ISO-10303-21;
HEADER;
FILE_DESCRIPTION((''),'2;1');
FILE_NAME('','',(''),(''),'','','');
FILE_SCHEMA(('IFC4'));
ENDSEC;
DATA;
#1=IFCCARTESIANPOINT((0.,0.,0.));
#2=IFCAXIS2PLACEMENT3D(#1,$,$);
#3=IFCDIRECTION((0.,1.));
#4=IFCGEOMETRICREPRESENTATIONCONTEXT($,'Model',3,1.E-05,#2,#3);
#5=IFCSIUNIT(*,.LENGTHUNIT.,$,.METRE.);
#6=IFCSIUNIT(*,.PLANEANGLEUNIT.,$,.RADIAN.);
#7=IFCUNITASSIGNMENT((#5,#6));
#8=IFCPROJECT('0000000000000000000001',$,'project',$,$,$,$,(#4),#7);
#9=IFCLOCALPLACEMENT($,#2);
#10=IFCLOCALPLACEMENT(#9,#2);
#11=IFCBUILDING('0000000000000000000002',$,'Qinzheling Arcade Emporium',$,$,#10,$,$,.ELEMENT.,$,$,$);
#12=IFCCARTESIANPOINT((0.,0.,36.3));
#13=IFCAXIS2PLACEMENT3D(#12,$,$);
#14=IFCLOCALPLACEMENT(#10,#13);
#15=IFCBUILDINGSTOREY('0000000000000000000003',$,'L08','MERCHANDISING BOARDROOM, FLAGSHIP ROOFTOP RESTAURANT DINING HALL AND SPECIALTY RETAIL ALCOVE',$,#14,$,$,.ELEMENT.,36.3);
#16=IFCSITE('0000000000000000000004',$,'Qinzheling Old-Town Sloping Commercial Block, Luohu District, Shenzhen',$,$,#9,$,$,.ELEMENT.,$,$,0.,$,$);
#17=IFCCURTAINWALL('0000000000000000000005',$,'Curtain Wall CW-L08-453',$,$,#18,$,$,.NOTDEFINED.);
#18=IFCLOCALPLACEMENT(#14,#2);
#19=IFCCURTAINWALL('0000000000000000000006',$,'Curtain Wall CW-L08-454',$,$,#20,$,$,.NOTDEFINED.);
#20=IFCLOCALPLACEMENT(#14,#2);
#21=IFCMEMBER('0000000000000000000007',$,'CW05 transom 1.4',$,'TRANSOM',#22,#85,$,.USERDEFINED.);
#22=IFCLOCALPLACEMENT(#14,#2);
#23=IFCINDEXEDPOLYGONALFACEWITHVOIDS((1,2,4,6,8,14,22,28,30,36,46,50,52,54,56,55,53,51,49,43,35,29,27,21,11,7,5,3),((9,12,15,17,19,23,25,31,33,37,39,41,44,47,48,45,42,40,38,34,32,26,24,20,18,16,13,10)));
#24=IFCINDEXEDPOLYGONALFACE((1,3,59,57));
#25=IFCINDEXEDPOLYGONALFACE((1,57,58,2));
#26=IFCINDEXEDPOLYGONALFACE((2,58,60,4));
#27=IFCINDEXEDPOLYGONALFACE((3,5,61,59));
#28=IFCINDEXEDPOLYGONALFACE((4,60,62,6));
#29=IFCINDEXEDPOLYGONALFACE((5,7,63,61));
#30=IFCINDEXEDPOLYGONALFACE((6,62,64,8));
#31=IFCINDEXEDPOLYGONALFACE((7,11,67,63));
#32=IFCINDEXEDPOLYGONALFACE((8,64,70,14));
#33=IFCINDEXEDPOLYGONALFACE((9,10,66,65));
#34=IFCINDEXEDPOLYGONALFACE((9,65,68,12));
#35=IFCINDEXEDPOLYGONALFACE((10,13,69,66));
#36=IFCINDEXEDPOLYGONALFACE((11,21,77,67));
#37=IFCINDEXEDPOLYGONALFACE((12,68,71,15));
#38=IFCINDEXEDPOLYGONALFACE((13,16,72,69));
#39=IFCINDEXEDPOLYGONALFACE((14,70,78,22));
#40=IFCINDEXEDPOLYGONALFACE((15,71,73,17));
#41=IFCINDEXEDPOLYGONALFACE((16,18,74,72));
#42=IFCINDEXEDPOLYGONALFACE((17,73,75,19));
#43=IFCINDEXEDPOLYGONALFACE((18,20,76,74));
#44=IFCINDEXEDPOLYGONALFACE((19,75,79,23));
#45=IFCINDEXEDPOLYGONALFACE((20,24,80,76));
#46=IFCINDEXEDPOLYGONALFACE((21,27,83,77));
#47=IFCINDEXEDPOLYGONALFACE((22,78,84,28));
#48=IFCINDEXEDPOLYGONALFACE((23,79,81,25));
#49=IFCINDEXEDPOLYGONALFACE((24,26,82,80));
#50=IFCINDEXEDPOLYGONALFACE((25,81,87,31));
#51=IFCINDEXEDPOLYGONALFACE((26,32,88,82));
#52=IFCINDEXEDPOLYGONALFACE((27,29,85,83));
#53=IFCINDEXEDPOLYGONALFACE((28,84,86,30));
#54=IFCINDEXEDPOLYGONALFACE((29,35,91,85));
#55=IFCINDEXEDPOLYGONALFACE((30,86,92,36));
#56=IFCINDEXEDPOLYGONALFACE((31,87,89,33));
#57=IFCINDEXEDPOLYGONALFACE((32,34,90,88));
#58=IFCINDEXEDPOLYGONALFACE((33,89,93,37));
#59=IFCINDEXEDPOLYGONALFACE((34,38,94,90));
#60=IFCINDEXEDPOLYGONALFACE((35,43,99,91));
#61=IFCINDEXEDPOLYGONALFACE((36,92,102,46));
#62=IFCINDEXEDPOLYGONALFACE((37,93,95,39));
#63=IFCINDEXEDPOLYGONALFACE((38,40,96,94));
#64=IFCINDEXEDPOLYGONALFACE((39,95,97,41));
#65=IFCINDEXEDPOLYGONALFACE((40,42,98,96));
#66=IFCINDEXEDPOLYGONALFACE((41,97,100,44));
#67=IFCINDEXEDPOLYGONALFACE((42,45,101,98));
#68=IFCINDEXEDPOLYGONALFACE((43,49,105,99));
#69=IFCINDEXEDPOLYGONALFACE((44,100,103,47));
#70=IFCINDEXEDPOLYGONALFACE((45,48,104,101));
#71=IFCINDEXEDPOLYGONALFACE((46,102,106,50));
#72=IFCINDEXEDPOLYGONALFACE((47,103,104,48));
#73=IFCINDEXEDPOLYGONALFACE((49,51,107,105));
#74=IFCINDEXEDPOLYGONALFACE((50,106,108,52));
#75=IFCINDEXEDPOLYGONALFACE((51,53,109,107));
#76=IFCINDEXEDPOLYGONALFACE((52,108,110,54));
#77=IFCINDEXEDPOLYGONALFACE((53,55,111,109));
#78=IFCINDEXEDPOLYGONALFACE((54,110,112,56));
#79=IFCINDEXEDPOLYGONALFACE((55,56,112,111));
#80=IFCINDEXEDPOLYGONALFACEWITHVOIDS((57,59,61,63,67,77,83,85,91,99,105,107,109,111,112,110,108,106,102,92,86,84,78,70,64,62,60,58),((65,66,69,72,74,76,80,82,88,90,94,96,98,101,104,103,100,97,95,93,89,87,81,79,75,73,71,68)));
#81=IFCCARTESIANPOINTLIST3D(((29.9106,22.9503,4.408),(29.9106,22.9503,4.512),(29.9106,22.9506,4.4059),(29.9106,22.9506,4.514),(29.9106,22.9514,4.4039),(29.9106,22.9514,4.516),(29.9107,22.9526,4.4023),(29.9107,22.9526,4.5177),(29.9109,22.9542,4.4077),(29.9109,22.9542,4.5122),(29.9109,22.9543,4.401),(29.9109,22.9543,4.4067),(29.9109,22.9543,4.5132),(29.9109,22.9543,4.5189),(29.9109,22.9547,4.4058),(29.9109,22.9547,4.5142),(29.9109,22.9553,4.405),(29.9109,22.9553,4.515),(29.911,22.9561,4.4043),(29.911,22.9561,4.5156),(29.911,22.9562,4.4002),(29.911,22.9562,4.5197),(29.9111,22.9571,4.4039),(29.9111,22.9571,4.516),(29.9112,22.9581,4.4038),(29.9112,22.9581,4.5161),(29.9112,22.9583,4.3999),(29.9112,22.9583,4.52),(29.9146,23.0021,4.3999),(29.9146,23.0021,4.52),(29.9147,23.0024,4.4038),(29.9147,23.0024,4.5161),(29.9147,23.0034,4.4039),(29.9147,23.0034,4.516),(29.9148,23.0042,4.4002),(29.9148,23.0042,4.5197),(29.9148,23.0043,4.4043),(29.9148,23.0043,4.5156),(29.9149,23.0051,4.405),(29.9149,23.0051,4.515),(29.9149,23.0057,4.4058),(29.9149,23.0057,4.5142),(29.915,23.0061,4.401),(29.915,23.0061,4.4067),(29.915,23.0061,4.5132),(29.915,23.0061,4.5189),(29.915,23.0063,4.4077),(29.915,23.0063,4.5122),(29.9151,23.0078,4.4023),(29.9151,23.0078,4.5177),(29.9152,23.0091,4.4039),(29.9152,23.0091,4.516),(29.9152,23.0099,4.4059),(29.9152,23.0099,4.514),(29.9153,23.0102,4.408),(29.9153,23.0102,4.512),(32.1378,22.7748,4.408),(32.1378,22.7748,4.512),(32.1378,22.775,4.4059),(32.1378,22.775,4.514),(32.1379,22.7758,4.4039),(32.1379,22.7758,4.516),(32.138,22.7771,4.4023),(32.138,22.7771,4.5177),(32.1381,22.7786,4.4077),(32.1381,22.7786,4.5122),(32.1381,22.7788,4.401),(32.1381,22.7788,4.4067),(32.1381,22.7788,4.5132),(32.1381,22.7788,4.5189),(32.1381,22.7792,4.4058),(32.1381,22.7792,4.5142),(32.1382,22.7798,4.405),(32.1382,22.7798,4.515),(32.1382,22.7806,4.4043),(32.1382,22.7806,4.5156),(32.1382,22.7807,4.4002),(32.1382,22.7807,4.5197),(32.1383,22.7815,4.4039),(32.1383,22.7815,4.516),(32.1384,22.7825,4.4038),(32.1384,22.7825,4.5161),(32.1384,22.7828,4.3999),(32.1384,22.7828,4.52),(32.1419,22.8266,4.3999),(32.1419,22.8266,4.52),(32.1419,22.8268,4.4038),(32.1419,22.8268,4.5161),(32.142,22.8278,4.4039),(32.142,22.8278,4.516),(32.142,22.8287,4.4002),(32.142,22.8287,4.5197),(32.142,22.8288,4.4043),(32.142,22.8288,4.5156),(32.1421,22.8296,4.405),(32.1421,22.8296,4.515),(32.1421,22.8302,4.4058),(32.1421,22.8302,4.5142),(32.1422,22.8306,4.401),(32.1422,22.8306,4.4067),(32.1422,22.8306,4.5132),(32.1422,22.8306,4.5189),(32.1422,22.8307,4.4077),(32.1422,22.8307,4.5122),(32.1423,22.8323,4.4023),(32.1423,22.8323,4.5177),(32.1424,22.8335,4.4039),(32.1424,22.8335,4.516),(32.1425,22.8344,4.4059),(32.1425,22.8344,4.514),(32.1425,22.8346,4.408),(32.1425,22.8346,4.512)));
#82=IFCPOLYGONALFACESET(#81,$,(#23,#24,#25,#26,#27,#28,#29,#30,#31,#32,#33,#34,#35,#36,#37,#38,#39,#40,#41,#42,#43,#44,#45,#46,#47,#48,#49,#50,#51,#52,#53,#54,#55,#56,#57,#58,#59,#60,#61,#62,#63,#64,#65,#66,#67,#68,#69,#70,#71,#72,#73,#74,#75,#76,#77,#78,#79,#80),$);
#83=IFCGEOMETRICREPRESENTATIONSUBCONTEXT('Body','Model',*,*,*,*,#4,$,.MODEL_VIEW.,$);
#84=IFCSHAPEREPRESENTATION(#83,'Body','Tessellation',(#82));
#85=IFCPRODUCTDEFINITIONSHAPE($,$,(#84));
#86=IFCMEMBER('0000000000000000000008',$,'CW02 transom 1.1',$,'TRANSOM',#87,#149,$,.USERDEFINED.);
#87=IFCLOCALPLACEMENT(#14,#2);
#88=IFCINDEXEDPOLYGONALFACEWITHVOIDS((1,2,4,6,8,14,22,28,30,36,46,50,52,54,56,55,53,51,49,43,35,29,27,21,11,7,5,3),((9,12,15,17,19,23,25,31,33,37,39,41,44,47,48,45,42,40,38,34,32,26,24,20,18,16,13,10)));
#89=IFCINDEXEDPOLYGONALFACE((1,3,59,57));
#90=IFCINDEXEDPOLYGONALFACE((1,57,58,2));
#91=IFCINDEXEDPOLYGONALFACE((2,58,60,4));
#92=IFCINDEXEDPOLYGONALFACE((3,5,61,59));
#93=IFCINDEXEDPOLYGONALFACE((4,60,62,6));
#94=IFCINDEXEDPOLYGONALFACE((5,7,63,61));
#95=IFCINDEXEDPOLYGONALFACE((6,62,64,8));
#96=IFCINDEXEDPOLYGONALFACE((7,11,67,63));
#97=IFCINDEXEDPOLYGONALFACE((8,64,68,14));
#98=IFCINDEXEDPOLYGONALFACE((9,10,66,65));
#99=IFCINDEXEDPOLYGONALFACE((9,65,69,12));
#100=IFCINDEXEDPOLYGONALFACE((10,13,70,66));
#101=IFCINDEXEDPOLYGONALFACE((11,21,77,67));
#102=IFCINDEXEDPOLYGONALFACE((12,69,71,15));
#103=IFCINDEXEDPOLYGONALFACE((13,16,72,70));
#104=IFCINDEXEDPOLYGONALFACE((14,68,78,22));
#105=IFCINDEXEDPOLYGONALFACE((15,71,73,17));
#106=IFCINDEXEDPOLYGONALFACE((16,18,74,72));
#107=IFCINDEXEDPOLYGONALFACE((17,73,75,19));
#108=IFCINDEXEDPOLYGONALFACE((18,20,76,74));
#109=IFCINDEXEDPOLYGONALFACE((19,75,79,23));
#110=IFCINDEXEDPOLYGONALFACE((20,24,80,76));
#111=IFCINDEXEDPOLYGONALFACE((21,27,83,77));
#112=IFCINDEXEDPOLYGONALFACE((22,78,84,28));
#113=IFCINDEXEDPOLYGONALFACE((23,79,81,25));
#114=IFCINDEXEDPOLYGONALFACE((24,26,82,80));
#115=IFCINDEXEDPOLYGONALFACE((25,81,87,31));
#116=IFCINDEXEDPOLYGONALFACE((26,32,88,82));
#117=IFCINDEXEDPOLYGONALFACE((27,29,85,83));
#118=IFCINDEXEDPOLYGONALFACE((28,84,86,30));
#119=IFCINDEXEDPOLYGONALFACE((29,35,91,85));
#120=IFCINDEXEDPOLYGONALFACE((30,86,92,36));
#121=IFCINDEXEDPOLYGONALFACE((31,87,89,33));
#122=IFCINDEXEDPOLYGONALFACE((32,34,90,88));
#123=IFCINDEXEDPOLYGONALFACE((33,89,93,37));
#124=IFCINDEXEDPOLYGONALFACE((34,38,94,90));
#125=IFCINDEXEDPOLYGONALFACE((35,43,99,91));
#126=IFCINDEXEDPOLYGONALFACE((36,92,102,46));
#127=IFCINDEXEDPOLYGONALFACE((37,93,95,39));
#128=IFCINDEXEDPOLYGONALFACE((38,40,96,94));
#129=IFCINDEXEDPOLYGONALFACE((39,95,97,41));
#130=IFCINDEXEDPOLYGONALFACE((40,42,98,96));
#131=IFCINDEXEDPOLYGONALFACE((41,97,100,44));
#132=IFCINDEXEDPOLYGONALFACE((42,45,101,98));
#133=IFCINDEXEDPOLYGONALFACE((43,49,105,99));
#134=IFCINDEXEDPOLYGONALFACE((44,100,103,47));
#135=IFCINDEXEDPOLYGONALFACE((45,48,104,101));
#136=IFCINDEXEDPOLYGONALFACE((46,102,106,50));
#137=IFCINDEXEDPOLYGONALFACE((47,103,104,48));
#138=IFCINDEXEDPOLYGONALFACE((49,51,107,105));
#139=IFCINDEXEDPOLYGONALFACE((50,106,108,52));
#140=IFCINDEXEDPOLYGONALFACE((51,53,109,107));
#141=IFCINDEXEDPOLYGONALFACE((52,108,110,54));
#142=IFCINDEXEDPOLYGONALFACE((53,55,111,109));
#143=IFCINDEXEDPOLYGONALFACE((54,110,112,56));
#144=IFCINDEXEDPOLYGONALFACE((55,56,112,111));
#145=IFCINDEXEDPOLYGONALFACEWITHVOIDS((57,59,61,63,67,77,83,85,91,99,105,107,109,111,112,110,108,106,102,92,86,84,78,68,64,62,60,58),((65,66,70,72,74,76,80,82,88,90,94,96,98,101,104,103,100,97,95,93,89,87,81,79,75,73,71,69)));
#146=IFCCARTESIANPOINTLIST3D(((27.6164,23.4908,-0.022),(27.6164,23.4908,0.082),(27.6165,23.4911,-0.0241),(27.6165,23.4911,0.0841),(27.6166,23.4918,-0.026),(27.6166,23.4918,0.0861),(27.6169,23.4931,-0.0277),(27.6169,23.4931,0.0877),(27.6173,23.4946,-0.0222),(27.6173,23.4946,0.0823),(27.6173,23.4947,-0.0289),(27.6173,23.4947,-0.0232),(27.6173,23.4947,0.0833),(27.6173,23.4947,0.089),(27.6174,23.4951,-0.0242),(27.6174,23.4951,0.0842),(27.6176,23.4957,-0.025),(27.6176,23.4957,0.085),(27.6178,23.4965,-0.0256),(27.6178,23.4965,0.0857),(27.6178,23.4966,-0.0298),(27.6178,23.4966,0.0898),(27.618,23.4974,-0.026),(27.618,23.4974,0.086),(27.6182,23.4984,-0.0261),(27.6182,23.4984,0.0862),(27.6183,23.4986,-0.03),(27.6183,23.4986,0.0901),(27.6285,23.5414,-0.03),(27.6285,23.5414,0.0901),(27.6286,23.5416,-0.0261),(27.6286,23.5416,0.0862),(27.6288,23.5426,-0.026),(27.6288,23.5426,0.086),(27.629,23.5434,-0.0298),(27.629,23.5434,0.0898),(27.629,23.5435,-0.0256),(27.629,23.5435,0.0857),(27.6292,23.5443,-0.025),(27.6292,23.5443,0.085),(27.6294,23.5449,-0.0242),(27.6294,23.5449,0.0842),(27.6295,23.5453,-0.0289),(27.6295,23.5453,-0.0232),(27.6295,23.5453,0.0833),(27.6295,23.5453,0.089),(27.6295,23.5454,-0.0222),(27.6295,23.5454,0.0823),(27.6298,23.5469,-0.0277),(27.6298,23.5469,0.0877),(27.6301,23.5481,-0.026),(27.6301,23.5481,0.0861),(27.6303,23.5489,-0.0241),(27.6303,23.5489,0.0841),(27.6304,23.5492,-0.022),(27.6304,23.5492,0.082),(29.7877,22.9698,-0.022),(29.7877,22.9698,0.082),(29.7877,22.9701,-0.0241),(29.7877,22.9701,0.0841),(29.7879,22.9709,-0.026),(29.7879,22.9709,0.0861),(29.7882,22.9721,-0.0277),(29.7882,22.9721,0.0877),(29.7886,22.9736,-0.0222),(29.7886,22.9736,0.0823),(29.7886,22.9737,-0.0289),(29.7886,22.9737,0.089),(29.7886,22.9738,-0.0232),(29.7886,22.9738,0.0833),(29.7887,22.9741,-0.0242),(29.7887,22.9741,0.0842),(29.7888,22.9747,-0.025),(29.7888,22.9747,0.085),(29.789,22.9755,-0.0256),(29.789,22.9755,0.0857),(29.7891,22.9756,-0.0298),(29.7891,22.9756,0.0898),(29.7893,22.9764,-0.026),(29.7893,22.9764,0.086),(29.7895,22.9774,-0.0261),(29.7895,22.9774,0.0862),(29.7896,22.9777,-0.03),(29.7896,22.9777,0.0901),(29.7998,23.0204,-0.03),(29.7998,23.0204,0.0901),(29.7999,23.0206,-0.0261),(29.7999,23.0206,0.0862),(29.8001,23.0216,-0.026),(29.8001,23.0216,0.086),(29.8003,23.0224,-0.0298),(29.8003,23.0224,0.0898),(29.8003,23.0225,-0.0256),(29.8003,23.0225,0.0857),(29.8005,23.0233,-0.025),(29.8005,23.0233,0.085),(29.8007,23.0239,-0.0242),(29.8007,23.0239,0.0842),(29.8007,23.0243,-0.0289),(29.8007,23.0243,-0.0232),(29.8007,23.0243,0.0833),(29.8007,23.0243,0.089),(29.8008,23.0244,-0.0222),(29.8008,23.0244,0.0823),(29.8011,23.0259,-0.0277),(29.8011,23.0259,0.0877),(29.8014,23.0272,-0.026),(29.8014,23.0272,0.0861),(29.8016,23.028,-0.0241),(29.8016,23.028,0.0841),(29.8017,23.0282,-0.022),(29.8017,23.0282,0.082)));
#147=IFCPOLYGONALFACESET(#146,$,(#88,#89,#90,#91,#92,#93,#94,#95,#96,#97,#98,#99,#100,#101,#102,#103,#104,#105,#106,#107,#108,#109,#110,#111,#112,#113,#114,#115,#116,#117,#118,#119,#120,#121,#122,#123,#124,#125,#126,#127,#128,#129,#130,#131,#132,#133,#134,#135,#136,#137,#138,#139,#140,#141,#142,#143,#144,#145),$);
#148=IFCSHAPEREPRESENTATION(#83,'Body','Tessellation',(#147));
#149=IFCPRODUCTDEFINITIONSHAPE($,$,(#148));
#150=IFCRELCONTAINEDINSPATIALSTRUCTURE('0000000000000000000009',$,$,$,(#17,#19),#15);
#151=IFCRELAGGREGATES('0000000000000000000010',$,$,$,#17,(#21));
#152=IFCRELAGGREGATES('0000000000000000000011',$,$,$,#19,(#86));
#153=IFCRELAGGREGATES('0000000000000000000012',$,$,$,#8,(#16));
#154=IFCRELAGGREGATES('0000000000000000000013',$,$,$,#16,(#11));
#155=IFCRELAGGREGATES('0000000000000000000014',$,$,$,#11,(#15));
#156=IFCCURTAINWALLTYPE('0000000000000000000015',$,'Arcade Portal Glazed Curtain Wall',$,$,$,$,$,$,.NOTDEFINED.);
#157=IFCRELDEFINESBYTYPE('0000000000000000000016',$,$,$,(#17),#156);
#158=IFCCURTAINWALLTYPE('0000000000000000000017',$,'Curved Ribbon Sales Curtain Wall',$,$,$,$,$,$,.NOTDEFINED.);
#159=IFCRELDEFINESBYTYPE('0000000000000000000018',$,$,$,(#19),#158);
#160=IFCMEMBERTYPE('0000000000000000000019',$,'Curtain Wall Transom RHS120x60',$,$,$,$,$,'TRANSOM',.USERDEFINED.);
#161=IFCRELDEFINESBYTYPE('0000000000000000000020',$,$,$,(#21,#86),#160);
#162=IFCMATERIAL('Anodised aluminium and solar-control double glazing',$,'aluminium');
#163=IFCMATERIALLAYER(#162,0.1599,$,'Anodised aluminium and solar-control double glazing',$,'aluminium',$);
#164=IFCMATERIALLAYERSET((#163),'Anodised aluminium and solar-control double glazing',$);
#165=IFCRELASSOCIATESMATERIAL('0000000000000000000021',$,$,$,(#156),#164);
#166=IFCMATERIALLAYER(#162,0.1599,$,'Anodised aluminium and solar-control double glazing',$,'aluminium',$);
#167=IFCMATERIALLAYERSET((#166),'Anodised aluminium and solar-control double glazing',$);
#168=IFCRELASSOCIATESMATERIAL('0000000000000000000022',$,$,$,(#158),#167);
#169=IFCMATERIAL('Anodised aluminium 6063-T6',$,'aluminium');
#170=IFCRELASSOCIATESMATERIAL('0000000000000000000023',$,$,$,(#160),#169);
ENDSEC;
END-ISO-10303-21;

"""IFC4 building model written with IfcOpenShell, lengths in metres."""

from ifc_helpers import new_model, si_unit, direction, frame, origin, origin_2d, place, context, subcontext, project, spatial, hollow_rectangle, extrude, material, layer, layer_set, material_profile, profile_set, type_object, element, aggregate, save


model = new_model("IFC4")

# Units and contexts
model_context = context("Model", 3, precision=1e-05, world=origin(), true_north=direction((0.0, 1.0)))
body_context = subcontext(model_context, "Body", "Model", "MODEL_VIEW")
ifc_project = project(units=[si_unit("LENGTHUNIT", "METRE"), si_unit("PLANEANGLEUNIT", "RADIAN")], contexts=[model_context])

# Site, building, storey
site_placement = place(None, origin())
site = spatial("IfcSite", under=ifc_project, at=site_placement, Name="Qinzheling Old-Town Sloping Commercial Block, Luohu District, Shenzhen", CompositionType="ELEMENT", RefElevation=0.0)
building_placement = place(site_placement, origin())
building = spatial("IfcBuilding", under=site, at=building_placement, Name="Qinzheling Arcade Emporium", CompositionType="ELEMENT")
storey_placement = place(building_placement, frame((0.0, 0.0, 36.3)))
storey = spatial("IfcBuildingStorey", under=building, at=storey_placement, Name="L08", Description="MERCHANDISING BOARDROOM, FLAGSHIP ROOFTOP RESTAURANT DINING HALL AND SPECIALTY RETAIL ALCOVE", CompositionType="ELEMENT", Elevation=36.3)

# Curtain wall
ifc_material_1 = material(Name="Anodised aluminium and solar-control double glazing", Category="aluminium")
ifc_layer_1 = layer(ifc_material_1, 0.1599, Name="Anodised aluminium and solar-control double glazing", Category="aluminium")
ifc_layer_set_1 = layer_set([ifc_layer_1], Name="Anodised aluminium and solar-control double glazing")
curtain_wall_type_1 = type_object("IfcCurtainWallType", Name="Arcade Portal Glazed Curtain Wall", PredefinedType="NOTDEFINED", material=ifc_layer_set_1)
ifc_material_2 = material(Name="Anodised aluminium 6063-T6", Category="aluminium")
curtain_wall_1_placement = place(storey_placement, origin())
curtain_wall_1 = element("IfcCurtainWall", 1, at=curtain_wall_1_placement, inside=storey, type_object=curtain_wall_type_1, Name="Curtain Wall CW-L08-453", PredefinedType="NOTDEFINED")

# Curtain wall
ifc_layer_2 = layer(ifc_material_1, 0.1599, Name="Anodised aluminium and solar-control double glazing", Category="aluminium")
ifc_layer_set_2 = layer_set([ifc_layer_2], Name="Anodised aluminium and solar-control double glazing")
curtain_wall_type_2 = type_object("IfcCurtainWallType", Name="Curved Ribbon Sales Curtain Wall", PredefinedType="NOTDEFINED", material=ifc_layer_set_2)
curtain_wall_2_placement = place(storey_placement, origin())
curtain_wall_2 = element("IfcCurtainWall", 2, at=curtain_wall_2_placement, inside=storey, type_object=curtain_wall_type_2, Name="Curtain Wall CW-L08-454", PredefinedType="NOTDEFINED")

# Members
ifc_material_profile_1 = material_profile(ifc_material_2, hollow_rectangle(XDim=0.0601, YDim=0.1201, WallThickness=0.0039, InnerFilletRadius=0.0039, OuterFilletRadius=0.0081, at=origin_2d()), Name="RHS 120x60x4", Category="aluminium")
ifc_profile_set_1 = profile_set([ifc_material_profile_1], Name="Anodised aluminium 6063-T6")
member_type_1 = type_object("IfcMemberType", Name="Curtain Wall Transom RHS120x60", ElementType="TRANSOM", PredefinedType="USERDEFINED", material=ifc_profile_set_1)
member_1_placement = place(storey_placement, frame((32.1401, 22.8047, 4.46), z_axis=(-0.996909, 0.078568, 0.0), x_axis=(-0.078568, -0.996909, 0.0)))
member_1 = element("IfcMember", 3, at=member_1_placement, type_object=member_type_1, Name="CW05 transom 1.4", ObjectType="TRANSOM", PredefinedType="USERDEFINED", context=body_context, shape_type="SweptSolid", body=[
    extrude(hollow_rectangle(XDim=0.0601, YDim=0.1201, WallThickness=0.0039, InnerFilletRadius=0.0039, OuterFilletRadius=0.0081, at=origin_2d()), origin(), (0.0, 0.0, 1.0), 2.2341),
])
member_2_placement = place(storey_placement, frame((29.7947, 22.999, 0.03), z_axis=(-0.972401, 0.233315, 0.0), x_axis=(-0.233315, -0.972401, 0.0)))
member_2 = element("IfcMember", 4, at=member_2_placement, type_object=member_type_1, Name="CW02 transom 1.1", ObjectType="TRANSOM", PredefinedType="USERDEFINED", context=body_context, shape_type="SweptSolid", body=[
    extrude(hollow_rectangle(XDim=0.0601, YDim=0.1201, WallThickness=0.0039, InnerFilletRadius=0.0039, OuterFilletRadius=0.0081, at=origin_2d()), origin(), (0.0, 0.0, 1.0), 2.2329),
])

aggregate(curtain_wall_1, [member_1])
aggregate(curtain_wall_2, [member_2])

save(model, "model.ifc")
